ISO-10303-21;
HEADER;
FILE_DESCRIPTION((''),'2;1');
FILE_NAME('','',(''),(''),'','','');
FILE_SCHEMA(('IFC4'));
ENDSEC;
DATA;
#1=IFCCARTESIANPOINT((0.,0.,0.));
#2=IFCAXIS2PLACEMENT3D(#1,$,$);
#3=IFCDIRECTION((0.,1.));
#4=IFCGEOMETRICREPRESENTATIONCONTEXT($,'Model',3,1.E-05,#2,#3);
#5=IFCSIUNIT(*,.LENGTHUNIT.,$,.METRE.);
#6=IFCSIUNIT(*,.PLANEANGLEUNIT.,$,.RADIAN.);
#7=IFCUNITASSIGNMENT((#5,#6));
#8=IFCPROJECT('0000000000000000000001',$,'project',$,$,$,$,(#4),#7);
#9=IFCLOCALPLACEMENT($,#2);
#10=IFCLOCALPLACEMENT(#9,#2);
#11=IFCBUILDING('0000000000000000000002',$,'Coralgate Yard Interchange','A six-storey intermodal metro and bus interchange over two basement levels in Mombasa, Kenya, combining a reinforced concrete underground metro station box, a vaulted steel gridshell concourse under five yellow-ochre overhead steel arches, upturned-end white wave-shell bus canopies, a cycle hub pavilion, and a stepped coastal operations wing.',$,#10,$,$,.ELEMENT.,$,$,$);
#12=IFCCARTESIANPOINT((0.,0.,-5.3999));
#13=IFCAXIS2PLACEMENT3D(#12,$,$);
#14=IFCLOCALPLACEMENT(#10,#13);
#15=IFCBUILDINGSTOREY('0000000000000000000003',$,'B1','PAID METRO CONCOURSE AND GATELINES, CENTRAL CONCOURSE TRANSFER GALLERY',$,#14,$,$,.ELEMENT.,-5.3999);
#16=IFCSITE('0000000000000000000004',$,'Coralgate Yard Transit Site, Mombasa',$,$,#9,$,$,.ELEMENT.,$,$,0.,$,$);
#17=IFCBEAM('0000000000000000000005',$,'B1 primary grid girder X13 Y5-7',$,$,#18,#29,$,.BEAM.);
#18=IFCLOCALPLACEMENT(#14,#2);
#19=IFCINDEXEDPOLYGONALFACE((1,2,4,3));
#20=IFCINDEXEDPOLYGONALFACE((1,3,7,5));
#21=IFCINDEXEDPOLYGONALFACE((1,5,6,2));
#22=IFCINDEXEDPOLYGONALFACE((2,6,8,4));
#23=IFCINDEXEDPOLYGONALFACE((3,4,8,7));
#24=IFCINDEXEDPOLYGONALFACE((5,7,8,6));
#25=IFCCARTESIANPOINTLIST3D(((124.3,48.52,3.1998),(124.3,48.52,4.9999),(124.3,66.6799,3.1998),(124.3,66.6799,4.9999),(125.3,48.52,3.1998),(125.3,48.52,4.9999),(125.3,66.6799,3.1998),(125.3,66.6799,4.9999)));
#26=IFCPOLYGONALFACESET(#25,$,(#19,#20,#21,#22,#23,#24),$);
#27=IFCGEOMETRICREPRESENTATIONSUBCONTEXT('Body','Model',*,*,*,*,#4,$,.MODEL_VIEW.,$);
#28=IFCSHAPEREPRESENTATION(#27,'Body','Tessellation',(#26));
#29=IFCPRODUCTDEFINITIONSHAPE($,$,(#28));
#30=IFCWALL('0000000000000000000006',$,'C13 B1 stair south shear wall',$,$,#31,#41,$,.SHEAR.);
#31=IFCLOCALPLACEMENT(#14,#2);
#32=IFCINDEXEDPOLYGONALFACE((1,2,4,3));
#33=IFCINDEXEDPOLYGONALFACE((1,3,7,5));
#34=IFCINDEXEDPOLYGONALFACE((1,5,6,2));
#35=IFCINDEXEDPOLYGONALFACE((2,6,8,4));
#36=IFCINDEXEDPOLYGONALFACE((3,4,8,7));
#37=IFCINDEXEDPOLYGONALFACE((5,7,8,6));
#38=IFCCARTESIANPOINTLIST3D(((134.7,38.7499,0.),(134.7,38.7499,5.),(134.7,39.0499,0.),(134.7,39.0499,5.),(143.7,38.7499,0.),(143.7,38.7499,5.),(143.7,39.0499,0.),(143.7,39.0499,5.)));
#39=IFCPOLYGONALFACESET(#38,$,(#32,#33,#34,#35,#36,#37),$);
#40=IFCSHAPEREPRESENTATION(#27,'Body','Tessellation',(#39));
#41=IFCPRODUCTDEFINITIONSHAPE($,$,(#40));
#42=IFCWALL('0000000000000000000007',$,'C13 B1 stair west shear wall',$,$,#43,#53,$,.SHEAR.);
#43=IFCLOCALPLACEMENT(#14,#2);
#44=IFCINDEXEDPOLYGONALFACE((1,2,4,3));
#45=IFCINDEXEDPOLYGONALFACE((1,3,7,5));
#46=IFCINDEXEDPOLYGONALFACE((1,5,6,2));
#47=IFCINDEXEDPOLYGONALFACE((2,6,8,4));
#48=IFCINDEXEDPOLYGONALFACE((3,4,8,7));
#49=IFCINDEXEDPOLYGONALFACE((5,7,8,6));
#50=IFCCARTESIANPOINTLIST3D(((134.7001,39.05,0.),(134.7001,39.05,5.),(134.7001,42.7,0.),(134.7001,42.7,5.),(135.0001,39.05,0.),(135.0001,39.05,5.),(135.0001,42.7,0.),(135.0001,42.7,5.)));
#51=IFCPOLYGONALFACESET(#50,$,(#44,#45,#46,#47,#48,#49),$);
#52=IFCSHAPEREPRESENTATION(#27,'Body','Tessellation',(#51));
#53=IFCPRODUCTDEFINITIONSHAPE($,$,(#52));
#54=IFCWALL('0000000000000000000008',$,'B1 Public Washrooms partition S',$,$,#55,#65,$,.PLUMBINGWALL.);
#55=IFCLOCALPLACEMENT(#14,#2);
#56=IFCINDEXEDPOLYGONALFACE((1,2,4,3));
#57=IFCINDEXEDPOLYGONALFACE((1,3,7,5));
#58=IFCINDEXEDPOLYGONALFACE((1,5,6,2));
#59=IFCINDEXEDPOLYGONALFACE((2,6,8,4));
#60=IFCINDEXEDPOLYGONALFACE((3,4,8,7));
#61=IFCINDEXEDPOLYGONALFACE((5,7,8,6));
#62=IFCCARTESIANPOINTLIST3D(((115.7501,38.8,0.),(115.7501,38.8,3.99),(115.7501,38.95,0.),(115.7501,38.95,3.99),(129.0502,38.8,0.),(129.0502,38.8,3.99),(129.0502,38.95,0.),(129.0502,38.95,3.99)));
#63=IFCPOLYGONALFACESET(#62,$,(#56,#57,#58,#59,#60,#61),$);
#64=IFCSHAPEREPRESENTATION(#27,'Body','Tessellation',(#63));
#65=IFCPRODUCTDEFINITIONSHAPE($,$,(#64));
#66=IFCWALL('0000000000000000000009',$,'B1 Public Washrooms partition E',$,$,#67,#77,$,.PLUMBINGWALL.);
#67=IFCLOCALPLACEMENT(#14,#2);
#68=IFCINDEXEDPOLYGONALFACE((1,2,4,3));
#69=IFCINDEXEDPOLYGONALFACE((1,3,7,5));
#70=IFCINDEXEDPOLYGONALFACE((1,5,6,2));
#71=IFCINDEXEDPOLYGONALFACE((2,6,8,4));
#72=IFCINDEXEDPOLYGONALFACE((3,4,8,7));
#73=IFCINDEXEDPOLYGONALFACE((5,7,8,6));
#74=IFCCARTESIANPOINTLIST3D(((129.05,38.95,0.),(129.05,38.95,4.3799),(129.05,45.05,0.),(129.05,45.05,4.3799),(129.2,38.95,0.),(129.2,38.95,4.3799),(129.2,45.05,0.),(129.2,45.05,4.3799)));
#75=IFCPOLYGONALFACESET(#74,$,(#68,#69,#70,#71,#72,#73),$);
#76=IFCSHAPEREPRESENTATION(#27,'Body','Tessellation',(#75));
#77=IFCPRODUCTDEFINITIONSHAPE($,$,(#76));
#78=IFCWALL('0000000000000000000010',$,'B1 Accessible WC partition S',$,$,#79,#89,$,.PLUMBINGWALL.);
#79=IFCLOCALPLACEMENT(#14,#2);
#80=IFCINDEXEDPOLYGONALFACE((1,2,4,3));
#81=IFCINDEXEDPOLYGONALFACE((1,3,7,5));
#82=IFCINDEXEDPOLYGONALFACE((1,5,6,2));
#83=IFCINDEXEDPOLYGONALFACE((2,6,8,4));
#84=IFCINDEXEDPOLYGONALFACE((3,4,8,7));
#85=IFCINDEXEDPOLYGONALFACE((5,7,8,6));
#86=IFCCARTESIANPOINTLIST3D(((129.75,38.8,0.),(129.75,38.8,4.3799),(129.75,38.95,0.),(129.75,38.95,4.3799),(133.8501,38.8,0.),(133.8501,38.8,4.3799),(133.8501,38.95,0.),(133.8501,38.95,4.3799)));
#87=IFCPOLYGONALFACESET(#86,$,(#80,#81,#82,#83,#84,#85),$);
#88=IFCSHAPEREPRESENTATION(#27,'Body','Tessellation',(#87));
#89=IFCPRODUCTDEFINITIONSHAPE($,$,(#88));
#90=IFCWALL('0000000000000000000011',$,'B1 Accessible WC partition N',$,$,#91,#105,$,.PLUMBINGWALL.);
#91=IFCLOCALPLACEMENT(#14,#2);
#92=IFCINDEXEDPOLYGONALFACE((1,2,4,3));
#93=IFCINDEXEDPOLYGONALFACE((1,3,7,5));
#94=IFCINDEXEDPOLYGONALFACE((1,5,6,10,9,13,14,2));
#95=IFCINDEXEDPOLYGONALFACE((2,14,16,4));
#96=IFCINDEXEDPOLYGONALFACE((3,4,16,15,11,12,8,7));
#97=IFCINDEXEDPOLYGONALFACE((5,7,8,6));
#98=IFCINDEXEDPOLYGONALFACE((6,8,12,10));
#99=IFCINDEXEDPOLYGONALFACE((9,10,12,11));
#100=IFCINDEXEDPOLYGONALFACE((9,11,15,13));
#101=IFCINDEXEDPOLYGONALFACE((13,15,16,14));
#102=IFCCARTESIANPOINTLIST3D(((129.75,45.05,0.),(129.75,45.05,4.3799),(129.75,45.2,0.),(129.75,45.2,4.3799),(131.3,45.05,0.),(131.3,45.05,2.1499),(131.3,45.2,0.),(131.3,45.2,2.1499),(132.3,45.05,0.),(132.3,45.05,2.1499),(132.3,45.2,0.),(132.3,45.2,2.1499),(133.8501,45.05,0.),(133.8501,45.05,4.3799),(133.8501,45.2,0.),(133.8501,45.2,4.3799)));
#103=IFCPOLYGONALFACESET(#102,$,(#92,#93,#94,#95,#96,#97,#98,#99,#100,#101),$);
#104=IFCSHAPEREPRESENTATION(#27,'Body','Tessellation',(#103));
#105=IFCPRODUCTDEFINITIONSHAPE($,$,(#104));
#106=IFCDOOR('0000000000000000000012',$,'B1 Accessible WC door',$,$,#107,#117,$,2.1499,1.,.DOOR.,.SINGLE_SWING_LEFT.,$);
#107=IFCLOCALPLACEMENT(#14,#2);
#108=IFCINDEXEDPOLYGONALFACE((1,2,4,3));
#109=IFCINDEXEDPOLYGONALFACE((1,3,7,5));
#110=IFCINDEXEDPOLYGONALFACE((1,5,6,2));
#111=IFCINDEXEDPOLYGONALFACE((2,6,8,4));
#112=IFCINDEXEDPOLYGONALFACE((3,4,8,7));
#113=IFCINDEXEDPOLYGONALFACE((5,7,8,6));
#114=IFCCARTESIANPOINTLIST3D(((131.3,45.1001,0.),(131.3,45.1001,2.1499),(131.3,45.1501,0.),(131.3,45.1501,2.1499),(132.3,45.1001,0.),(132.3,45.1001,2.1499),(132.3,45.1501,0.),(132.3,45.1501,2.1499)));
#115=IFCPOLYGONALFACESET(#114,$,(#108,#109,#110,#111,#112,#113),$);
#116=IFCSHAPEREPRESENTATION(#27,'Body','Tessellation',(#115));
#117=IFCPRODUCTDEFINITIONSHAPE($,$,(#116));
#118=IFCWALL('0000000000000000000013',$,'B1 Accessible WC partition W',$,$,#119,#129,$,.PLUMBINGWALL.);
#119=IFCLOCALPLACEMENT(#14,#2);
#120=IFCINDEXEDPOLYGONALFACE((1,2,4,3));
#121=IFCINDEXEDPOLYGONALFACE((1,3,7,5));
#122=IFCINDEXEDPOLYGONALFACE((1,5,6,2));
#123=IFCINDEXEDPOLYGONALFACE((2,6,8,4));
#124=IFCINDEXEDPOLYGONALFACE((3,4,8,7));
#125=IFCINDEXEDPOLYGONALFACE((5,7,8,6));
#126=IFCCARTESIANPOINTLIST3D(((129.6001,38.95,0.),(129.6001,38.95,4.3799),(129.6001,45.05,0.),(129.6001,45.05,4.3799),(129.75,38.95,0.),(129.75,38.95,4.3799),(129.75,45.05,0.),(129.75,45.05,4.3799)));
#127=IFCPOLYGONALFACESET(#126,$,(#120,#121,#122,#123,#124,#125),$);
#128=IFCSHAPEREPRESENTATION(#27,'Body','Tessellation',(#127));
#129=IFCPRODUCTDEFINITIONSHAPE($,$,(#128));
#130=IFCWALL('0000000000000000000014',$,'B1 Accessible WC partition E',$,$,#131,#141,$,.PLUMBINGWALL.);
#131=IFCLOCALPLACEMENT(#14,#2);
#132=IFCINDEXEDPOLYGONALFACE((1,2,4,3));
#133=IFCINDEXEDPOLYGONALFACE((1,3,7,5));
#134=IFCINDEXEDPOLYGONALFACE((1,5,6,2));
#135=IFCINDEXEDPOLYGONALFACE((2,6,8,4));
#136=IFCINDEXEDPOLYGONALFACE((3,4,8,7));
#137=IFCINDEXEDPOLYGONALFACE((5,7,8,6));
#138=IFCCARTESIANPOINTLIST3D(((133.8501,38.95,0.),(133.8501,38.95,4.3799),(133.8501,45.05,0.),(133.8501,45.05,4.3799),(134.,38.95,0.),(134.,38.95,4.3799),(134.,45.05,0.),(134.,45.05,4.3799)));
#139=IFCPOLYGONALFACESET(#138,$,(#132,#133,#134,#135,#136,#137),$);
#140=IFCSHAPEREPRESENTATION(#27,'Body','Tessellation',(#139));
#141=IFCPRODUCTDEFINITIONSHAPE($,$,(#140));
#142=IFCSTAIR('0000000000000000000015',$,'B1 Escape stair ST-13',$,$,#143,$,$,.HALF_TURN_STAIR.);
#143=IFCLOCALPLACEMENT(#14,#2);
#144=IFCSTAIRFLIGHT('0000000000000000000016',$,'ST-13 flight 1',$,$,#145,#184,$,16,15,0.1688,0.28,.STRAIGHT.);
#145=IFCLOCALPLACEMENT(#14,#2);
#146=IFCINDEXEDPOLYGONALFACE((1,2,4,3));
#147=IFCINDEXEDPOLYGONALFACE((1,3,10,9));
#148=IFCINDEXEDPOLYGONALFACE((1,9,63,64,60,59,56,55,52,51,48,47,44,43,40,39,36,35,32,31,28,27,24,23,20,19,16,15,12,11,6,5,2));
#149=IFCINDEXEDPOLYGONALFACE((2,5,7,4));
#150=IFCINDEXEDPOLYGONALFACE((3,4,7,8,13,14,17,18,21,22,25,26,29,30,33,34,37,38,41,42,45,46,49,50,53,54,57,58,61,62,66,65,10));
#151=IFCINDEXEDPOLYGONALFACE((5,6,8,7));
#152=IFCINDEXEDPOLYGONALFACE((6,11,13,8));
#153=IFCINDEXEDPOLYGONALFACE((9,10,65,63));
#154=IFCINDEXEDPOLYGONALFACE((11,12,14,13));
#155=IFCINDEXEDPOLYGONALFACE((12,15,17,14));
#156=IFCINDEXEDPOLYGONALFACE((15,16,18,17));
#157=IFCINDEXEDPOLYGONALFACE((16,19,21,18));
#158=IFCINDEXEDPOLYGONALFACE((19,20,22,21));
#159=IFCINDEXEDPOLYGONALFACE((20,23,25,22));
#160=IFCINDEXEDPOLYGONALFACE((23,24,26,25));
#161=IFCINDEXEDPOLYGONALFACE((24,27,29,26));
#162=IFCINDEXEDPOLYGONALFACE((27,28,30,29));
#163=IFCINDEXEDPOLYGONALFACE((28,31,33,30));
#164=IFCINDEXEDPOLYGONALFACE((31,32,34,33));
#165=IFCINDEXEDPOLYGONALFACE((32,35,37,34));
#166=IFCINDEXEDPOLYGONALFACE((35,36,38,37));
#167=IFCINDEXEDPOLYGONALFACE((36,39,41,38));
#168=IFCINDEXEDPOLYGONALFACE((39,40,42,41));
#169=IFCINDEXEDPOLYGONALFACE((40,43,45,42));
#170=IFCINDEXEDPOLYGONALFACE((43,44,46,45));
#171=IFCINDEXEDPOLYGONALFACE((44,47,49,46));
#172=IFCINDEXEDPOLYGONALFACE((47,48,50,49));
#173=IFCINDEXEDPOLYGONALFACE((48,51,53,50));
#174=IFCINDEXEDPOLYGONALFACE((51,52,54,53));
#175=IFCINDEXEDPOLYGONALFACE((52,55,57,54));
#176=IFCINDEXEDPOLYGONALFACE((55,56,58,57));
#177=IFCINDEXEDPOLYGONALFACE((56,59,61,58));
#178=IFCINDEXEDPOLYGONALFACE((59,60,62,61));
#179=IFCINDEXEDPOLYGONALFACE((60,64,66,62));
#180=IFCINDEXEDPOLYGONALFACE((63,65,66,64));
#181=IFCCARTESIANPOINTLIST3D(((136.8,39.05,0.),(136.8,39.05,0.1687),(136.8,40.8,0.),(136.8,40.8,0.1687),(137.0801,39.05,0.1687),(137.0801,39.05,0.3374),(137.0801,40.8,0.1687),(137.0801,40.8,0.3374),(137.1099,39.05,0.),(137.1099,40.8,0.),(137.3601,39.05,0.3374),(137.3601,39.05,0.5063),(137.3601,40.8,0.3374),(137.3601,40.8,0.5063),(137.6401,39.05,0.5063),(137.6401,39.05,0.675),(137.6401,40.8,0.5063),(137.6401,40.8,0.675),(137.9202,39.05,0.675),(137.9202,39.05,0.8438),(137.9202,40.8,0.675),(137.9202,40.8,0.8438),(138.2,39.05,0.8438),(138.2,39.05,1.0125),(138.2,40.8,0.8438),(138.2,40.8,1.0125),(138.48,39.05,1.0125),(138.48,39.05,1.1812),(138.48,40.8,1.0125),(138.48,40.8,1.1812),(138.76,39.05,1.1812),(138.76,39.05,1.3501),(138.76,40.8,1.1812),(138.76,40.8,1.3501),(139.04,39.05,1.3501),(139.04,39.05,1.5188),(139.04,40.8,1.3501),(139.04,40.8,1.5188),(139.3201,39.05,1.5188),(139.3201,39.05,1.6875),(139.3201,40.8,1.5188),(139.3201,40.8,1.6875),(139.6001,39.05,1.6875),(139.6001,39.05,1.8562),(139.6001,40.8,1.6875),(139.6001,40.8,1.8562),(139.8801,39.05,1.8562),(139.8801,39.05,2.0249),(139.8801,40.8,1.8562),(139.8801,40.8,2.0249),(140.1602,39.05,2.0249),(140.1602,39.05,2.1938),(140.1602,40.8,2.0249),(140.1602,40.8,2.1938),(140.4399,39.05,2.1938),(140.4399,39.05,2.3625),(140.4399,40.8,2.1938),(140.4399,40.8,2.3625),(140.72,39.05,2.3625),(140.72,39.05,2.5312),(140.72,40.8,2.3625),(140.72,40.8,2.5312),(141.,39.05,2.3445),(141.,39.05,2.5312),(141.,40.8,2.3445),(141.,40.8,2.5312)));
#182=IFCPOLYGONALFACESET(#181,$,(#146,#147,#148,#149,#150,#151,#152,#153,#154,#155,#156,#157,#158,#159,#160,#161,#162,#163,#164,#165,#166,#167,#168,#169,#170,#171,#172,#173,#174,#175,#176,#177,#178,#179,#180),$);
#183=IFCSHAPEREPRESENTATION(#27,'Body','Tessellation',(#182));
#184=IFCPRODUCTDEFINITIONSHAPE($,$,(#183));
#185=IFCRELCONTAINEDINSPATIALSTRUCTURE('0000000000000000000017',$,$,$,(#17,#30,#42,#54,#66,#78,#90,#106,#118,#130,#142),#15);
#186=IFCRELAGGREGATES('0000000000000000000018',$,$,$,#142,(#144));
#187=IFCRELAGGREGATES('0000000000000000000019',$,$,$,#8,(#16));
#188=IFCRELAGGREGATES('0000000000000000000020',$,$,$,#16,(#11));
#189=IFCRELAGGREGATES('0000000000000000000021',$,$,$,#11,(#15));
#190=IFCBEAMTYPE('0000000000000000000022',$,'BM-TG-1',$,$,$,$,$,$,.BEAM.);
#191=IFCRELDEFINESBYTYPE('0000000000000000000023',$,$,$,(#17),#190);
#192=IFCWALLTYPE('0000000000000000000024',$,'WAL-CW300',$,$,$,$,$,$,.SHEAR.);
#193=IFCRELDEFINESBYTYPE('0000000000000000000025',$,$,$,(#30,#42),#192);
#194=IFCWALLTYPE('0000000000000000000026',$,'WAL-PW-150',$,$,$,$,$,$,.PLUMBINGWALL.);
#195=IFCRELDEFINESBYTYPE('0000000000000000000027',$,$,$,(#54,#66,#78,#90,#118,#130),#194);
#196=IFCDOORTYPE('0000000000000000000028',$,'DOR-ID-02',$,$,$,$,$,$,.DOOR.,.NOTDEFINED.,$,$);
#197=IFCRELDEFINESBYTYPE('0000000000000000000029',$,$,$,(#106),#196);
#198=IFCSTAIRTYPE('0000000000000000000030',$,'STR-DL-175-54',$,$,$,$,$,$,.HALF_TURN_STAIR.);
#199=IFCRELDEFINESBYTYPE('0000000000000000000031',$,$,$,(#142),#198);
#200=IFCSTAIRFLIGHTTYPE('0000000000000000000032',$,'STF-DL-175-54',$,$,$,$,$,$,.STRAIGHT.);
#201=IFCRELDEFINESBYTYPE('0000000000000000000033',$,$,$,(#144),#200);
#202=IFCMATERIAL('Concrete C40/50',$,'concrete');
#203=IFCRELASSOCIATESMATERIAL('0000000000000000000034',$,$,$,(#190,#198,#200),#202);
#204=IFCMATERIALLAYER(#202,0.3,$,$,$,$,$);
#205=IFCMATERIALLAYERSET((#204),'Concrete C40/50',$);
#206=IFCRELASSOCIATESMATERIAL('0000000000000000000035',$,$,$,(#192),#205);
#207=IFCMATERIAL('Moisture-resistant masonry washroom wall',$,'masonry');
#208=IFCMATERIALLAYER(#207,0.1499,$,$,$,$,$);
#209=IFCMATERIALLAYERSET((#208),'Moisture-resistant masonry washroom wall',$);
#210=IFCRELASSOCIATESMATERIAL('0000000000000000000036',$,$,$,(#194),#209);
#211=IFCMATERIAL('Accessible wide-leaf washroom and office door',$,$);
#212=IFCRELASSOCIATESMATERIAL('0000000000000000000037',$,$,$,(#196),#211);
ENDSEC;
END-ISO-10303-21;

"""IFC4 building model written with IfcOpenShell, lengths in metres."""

from ifc_helpers import new_model, si_unit, direction, frame, frame_2d, origin, origin_2d, place, context, subcontext, project, spatial, polyline, rectangle, outline, extrude, material, layer, layer_set, material_profile, profile_set, type_object, element, fill, aggregate, save


model = new_model("IFC4")

# Units and contexts
model_context = context("Model", 3, precision=1e-05, world=origin(), true_north=direction((0.0, 1.0)))
body_context = subcontext(model_context, "Body", "Model", "MODEL_VIEW")
ifc_project = project(units=[si_unit("LENGTHUNIT", "METRE"), si_unit("PLANEANGLEUNIT", "RADIAN")], contexts=[model_context])

# Site, building, storey
site_placement = place(None, origin())
site = spatial("IfcSite", under=ifc_project, at=site_placement, Name="Coralgate Yard Transit Site, Mombasa", CompositionType="ELEMENT", RefElevation=0.0)
building_placement = place(site_placement, origin())
building = spatial("IfcBuilding", under=site, at=building_placement, Name="Coralgate Yard Interchange", Description="A six-storey intermodal metro and bus interchange over two basement levels in Mombasa, Kenya, combining a reinforced concrete underground metro station box, a vaulted steel gridshell concourse under five yellow-ochre overhead steel arches, upturned-end white wave-shell bus canopies, a cycle hub pavilion, and a stepped coastal operations wing.", CompositionType="ELEMENT")
storey_placement = place(building_placement, frame((0.0, 0.0, -5.3999)))
storey = spatial("IfcBuildingStorey", under=building, at=storey_placement, Name="B1", Description="PAID METRO CONCOURSE AND GATELINES, CENTRAL CONCOURSE TRANSFER GALLERY", CompositionType="ELEMENT", Elevation=-5.3999)

# Shared definitions
ifc_material_1 = material(Name="Concrete C40/50", Category="concrete")

# Beam
ifc_material_profile_1 = material_profile(ifc_material_1, rectangle(XDim=1.0, YDim=1.8, at=origin_2d()), Name="RC 1000x1800")
ifc_profile_set_1 = profile_set([ifc_material_profile_1], Name="Concrete C40/50")
beam_type_1 = type_object("IfcBeamType", Name="BM-TG-1", PredefinedType="BEAM", material=ifc_profile_set_1)
beam_1_placement = place(storey_placement, frame((124.8, 48.52, 4.0999), z_axis=(0.0, 1.0, 0.0), x_axis=(-1.0, 0.0, 0.0)))
element("IfcBeam", 1, at=beam_1_placement, inside=storey, type_object=beam_type_1, Name="B1 primary grid girder X13 Y5-7", PredefinedType="BEAM", context=body_context, shape_type="SweptSolid", body=[
    extrude(rectangle(XDim=1.0, YDim=1.8, at=origin_2d()), origin(), (0.0, 0.0, 1.0), 18.1599),
])

# Walls
ifc_layer_1 = layer(ifc_material_1, 0.3)
ifc_layer_set_1 = layer_set([ifc_layer_1], Name="Concrete C40/50")
wall_type_1 = type_object("IfcWallType", Name="WAL-CW300", PredefinedType="SHEAR", material=ifc_layer_set_1)
wall_1_placement = place(storey_placement, frame((134.7, 38.8999, 0.0), z_axis=(0.0, 0.0, 1.0), x_axis=(1.0, 0.0, 0.0)))
element("IfcWall", 2, at=wall_1_placement, inside=storey, type_object=wall_type_1, Name="C13 B1 stair south shear wall", PredefinedType="SHEAR", context=body_context, shape_type="SweptSolid", body=[
    extrude(rectangle(XDim=9.0, YDim=0.3, at=frame_2d((4.5, 0.0))), origin(), (0.0, 0.0, 1.0), 5.0),
])
wall_2_placement = place(storey_placement, frame((134.8501, 39.05, 0.0), z_axis=(0.0, 0.0, 1.0), x_axis=(0.0, 1.0, 0.0)))
element("IfcWall", 3, at=wall_2_placement, inside=storey, type_object=wall_type_1, Name="C13 B1 stair west shear wall", PredefinedType="SHEAR", context=body_context, shape_type="SweptSolid", body=[
    extrude(rectangle(XDim=3.6499, YDim=0.3, at=frame_2d((1.825, 0.0))), origin(), (0.0, 0.0, 1.0), 5.0),
])
ifc_material_2 = material(Name="Moisture-resistant masonry washroom wall", Category="masonry")
ifc_layer_2 = layer(ifc_material_2, 0.1499)
ifc_layer_set_2 = layer_set([ifc_layer_2], Name="Moisture-resistant masonry washroom wall")
wall_type_2 = type_object("IfcWallType", Name="WAL-PW-150", PredefinedType="PLUMBINGWALL", material=ifc_layer_set_2)
wall_3_placement = place(storey_placement, frame((129.05, 38.875, 0.0), z_axis=(0.0, 0.0, 1.0), x_axis=(-1.0, 0.0, 0.0)))
element("IfcWall", 4, at=wall_3_placement, inside=storey, type_object=wall_type_2, Name="B1 Public Washrooms partition S", PredefinedType="PLUMBINGWALL", context=body_context, shape_type="SweptSolid", body=[
    extrude(rectangle(XDim=13.3, YDim=0.1499, at=frame_2d((6.6499, 0.0))), origin(), (0.0, 0.0, 1.0), 3.99),
])
wall_4_placement = place(storey_placement, frame((129.125, 45.05, 0.0), z_axis=(0.0, 0.0, 1.0), x_axis=(0.0, -1.0, 0.0)))
element("IfcWall", 5, at=wall_4_placement, inside=storey, type_object=wall_type_2, Name="B1 Public Washrooms partition E", PredefinedType="PLUMBINGWALL", context=body_context, shape_type="SweptSolid", body=[
    extrude(rectangle(XDim=6.1001, YDim=0.1499, at=frame_2d((3.05, 0.0))), origin(), (0.0, 0.0, 1.0), 4.3799),
])
wall_5_placement = place(storey_placement, frame((133.8501, 38.875, 0.0), z_axis=(0.0, 0.0, 1.0), x_axis=(-1.0, 0.0, 0.0)))
element("IfcWall", 6, at=wall_5_placement, inside=storey, type_object=wall_type_2, Name="B1 Accessible WC partition S", PredefinedType="PLUMBINGWALL", context=body_context, shape_type="SweptSolid", body=[
    extrude(rectangle(XDim=4.1001, YDim=0.1499, at=frame_2d((2.05, 0.0))), origin(), (0.0, 0.0, 1.0), 4.3799),
])

# Wall, opening, door
wall_6_placement = place(storey_placement, frame((129.75, 45.125, 0.0), z_axis=(0.0, 0.0, 1.0), x_axis=(1.0, 0.0, 0.0)))
wall_6 = element("IfcWall", 7, at=wall_6_placement, inside=storey, type_object=wall_type_2, Name="B1 Accessible WC partition N", PredefinedType="PLUMBINGWALL", context=body_context, shape_type="SweptSolid", body=[
    extrude(rectangle(XDim=4.1001, YDim=0.1499, at=frame_2d((2.05, 0.0))), origin(), (0.0, 0.0, 1.0), 4.3799),
])
opening_placement = place(wall_6_placement, frame((1.55, 0.0, 0.0)))
opening = element("IfcOpeningElement", 8, at=opening_placement, cuts=wall_6, PredefinedType="OPENING", context=body_context, shape_type="SweptSolid", body=[
    extrude(rectangle(XDim=1.0, YDim=2.1499, at=frame_2d((0.5, 1.075))), frame((0.0, 0.085, 0.0), z_axis=(0.0, -1.0, 0.0), x_axis=(1.0, 0.0, 0.0)), (0.0, 0.0, 1.0), 0.1699),
])
ifc_material_3 = material(Name="Accessible wide-leaf washroom and office door")
door_type = type_object("IfcDoorType", Name="DOR-ID-02", OperationType="NOTDEFINED", PredefinedType="DOOR", material=ifc_material_3)
door_placement = place(opening_placement, frame((1.0, 0.0, 0.0), z_axis=(0.0, 0.0, 1.0), x_axis=(-1.0, 0.0, 0.0)))
door = element("IfcDoor", 9, at=door_placement, inside=storey, type_object=door_type, Name="B1 Accessible WC door", OperationType="SINGLE_SWING_LEFT", OverallHeight=2.1499, OverallWidth=1.0, PredefinedType="DOOR", context=body_context, shape_type="SweptSolid", body=[
    extrude(rectangle(XDim=1.0, YDim=2.1499, at=frame_2d((0.5, 1.075))), frame((0.0, 0.0249, 0.0), z_axis=(0.0, -1.0, 0.0), x_axis=(1.0, 0.0, 0.0)), (0.0, 0.0, 1.0), 0.05),
])
fill(opening, door)

# Walls
for number, where, z_axis, x_axis, name in (
    (10, (129.675, 38.95, 0.0), (0.0, 0.0, 1.0), (0.0, 1.0, 0.0), "B1 Accessible WC partition W"),
    (11, (133.925, 45.05, 0.0), (0.0, 0.0, 1.0), (0.0, -1.0, 0.0), "B1 Accessible WC partition E"),
):
    element("IfcWall", number, at=place(storey_placement, frame(where, z_axis=z_axis, x_axis=x_axis)), inside=storey, type_object=wall_type_2, Name=name, PredefinedType="PLUMBINGWALL", context=body_context, shape_type="SweptSolid", body=[
        extrude(rectangle(XDim=6.1001, YDim=0.1499, at=frame_2d((3.05, 0.0))), origin(), (0.0, 0.0, 1.0), 4.3799),
    ])

# Stair, stair flight
stair_type = type_object("IfcStairType", Name="STR-DL-175-54", PredefinedType="HALF_TURN_STAIR", material=ifc_material_1)
stair_placement = place(storey_placement, origin())
stair = element("IfcStair", 12, at=stair_placement, inside=storey, type_object=stair_type, Name="B1 Escape stair ST-13", PredefinedType="HALF_TURN_STAIR")
stair_flight_type = type_object("IfcStairFlightType", Name="STF-DL-175-54", PredefinedType="STRAIGHT", material=ifc_material_1)
stair_flight_placement = place(storey_placement, frame((136.8, 39.925, 0.0), z_axis=(0.0, 0.0, 1.0), x_axis=(1.0, 0.0, 0.0)))
stair_flight = element("IfcStairFlight", 13, at=stair_flight_placement, type_object=stair_flight_type, Name="ST-13 flight 1", NumberOfRisers=16, NumberOfTreads=15, PredefinedType="STRAIGHT", RiserHeight=0.1688, TreadLength=0.28, context=body_context, shape_type="SweptSolid", body=[
    extrude(outline(polyline([(0.0, 0.0), (0.0, 0.1687), (0.28, 0.1687), (0.28, 0.3374), (0.5601, 0.3374), (0.5601, 0.5063), (0.8401, 0.5063), (0.8401, 0.675), (1.1201, 0.675), (1.1201, 0.8438), (1.3999, 0.8438), (1.3999, 1.0125), (1.6799, 1.0125), (1.6799, 1.1812), (1.96, 1.1812), (1.96, 1.3501), (2.24, 1.3501), (2.24, 1.5188), (2.52, 1.5188), (2.52, 1.6875), (2.8, 1.6875), (2.8, 1.8562), (3.0801, 1.8562), (3.0801, 2.0249), (3.3601, 2.0249), (3.3601, 2.1938), (3.6399, 2.1938), (3.6399, 2.3625), (3.9199, 2.3625), (3.9199, 2.5312), (4.2, 2.5312), (4.2, 2.7), (4.2, 2.3445), (0.3098, 0.0), (0.0, 0.0)])), frame((0.0, 0.875, 0.0), z_axis=(0.0, -1.0, 0.0), x_axis=(1.0, 0.0, 0.0)), (0.0, 0.0, 1.0), 1.75),
])
aggregate(stair, [stair_flight])

save(model, "model.ifc")
